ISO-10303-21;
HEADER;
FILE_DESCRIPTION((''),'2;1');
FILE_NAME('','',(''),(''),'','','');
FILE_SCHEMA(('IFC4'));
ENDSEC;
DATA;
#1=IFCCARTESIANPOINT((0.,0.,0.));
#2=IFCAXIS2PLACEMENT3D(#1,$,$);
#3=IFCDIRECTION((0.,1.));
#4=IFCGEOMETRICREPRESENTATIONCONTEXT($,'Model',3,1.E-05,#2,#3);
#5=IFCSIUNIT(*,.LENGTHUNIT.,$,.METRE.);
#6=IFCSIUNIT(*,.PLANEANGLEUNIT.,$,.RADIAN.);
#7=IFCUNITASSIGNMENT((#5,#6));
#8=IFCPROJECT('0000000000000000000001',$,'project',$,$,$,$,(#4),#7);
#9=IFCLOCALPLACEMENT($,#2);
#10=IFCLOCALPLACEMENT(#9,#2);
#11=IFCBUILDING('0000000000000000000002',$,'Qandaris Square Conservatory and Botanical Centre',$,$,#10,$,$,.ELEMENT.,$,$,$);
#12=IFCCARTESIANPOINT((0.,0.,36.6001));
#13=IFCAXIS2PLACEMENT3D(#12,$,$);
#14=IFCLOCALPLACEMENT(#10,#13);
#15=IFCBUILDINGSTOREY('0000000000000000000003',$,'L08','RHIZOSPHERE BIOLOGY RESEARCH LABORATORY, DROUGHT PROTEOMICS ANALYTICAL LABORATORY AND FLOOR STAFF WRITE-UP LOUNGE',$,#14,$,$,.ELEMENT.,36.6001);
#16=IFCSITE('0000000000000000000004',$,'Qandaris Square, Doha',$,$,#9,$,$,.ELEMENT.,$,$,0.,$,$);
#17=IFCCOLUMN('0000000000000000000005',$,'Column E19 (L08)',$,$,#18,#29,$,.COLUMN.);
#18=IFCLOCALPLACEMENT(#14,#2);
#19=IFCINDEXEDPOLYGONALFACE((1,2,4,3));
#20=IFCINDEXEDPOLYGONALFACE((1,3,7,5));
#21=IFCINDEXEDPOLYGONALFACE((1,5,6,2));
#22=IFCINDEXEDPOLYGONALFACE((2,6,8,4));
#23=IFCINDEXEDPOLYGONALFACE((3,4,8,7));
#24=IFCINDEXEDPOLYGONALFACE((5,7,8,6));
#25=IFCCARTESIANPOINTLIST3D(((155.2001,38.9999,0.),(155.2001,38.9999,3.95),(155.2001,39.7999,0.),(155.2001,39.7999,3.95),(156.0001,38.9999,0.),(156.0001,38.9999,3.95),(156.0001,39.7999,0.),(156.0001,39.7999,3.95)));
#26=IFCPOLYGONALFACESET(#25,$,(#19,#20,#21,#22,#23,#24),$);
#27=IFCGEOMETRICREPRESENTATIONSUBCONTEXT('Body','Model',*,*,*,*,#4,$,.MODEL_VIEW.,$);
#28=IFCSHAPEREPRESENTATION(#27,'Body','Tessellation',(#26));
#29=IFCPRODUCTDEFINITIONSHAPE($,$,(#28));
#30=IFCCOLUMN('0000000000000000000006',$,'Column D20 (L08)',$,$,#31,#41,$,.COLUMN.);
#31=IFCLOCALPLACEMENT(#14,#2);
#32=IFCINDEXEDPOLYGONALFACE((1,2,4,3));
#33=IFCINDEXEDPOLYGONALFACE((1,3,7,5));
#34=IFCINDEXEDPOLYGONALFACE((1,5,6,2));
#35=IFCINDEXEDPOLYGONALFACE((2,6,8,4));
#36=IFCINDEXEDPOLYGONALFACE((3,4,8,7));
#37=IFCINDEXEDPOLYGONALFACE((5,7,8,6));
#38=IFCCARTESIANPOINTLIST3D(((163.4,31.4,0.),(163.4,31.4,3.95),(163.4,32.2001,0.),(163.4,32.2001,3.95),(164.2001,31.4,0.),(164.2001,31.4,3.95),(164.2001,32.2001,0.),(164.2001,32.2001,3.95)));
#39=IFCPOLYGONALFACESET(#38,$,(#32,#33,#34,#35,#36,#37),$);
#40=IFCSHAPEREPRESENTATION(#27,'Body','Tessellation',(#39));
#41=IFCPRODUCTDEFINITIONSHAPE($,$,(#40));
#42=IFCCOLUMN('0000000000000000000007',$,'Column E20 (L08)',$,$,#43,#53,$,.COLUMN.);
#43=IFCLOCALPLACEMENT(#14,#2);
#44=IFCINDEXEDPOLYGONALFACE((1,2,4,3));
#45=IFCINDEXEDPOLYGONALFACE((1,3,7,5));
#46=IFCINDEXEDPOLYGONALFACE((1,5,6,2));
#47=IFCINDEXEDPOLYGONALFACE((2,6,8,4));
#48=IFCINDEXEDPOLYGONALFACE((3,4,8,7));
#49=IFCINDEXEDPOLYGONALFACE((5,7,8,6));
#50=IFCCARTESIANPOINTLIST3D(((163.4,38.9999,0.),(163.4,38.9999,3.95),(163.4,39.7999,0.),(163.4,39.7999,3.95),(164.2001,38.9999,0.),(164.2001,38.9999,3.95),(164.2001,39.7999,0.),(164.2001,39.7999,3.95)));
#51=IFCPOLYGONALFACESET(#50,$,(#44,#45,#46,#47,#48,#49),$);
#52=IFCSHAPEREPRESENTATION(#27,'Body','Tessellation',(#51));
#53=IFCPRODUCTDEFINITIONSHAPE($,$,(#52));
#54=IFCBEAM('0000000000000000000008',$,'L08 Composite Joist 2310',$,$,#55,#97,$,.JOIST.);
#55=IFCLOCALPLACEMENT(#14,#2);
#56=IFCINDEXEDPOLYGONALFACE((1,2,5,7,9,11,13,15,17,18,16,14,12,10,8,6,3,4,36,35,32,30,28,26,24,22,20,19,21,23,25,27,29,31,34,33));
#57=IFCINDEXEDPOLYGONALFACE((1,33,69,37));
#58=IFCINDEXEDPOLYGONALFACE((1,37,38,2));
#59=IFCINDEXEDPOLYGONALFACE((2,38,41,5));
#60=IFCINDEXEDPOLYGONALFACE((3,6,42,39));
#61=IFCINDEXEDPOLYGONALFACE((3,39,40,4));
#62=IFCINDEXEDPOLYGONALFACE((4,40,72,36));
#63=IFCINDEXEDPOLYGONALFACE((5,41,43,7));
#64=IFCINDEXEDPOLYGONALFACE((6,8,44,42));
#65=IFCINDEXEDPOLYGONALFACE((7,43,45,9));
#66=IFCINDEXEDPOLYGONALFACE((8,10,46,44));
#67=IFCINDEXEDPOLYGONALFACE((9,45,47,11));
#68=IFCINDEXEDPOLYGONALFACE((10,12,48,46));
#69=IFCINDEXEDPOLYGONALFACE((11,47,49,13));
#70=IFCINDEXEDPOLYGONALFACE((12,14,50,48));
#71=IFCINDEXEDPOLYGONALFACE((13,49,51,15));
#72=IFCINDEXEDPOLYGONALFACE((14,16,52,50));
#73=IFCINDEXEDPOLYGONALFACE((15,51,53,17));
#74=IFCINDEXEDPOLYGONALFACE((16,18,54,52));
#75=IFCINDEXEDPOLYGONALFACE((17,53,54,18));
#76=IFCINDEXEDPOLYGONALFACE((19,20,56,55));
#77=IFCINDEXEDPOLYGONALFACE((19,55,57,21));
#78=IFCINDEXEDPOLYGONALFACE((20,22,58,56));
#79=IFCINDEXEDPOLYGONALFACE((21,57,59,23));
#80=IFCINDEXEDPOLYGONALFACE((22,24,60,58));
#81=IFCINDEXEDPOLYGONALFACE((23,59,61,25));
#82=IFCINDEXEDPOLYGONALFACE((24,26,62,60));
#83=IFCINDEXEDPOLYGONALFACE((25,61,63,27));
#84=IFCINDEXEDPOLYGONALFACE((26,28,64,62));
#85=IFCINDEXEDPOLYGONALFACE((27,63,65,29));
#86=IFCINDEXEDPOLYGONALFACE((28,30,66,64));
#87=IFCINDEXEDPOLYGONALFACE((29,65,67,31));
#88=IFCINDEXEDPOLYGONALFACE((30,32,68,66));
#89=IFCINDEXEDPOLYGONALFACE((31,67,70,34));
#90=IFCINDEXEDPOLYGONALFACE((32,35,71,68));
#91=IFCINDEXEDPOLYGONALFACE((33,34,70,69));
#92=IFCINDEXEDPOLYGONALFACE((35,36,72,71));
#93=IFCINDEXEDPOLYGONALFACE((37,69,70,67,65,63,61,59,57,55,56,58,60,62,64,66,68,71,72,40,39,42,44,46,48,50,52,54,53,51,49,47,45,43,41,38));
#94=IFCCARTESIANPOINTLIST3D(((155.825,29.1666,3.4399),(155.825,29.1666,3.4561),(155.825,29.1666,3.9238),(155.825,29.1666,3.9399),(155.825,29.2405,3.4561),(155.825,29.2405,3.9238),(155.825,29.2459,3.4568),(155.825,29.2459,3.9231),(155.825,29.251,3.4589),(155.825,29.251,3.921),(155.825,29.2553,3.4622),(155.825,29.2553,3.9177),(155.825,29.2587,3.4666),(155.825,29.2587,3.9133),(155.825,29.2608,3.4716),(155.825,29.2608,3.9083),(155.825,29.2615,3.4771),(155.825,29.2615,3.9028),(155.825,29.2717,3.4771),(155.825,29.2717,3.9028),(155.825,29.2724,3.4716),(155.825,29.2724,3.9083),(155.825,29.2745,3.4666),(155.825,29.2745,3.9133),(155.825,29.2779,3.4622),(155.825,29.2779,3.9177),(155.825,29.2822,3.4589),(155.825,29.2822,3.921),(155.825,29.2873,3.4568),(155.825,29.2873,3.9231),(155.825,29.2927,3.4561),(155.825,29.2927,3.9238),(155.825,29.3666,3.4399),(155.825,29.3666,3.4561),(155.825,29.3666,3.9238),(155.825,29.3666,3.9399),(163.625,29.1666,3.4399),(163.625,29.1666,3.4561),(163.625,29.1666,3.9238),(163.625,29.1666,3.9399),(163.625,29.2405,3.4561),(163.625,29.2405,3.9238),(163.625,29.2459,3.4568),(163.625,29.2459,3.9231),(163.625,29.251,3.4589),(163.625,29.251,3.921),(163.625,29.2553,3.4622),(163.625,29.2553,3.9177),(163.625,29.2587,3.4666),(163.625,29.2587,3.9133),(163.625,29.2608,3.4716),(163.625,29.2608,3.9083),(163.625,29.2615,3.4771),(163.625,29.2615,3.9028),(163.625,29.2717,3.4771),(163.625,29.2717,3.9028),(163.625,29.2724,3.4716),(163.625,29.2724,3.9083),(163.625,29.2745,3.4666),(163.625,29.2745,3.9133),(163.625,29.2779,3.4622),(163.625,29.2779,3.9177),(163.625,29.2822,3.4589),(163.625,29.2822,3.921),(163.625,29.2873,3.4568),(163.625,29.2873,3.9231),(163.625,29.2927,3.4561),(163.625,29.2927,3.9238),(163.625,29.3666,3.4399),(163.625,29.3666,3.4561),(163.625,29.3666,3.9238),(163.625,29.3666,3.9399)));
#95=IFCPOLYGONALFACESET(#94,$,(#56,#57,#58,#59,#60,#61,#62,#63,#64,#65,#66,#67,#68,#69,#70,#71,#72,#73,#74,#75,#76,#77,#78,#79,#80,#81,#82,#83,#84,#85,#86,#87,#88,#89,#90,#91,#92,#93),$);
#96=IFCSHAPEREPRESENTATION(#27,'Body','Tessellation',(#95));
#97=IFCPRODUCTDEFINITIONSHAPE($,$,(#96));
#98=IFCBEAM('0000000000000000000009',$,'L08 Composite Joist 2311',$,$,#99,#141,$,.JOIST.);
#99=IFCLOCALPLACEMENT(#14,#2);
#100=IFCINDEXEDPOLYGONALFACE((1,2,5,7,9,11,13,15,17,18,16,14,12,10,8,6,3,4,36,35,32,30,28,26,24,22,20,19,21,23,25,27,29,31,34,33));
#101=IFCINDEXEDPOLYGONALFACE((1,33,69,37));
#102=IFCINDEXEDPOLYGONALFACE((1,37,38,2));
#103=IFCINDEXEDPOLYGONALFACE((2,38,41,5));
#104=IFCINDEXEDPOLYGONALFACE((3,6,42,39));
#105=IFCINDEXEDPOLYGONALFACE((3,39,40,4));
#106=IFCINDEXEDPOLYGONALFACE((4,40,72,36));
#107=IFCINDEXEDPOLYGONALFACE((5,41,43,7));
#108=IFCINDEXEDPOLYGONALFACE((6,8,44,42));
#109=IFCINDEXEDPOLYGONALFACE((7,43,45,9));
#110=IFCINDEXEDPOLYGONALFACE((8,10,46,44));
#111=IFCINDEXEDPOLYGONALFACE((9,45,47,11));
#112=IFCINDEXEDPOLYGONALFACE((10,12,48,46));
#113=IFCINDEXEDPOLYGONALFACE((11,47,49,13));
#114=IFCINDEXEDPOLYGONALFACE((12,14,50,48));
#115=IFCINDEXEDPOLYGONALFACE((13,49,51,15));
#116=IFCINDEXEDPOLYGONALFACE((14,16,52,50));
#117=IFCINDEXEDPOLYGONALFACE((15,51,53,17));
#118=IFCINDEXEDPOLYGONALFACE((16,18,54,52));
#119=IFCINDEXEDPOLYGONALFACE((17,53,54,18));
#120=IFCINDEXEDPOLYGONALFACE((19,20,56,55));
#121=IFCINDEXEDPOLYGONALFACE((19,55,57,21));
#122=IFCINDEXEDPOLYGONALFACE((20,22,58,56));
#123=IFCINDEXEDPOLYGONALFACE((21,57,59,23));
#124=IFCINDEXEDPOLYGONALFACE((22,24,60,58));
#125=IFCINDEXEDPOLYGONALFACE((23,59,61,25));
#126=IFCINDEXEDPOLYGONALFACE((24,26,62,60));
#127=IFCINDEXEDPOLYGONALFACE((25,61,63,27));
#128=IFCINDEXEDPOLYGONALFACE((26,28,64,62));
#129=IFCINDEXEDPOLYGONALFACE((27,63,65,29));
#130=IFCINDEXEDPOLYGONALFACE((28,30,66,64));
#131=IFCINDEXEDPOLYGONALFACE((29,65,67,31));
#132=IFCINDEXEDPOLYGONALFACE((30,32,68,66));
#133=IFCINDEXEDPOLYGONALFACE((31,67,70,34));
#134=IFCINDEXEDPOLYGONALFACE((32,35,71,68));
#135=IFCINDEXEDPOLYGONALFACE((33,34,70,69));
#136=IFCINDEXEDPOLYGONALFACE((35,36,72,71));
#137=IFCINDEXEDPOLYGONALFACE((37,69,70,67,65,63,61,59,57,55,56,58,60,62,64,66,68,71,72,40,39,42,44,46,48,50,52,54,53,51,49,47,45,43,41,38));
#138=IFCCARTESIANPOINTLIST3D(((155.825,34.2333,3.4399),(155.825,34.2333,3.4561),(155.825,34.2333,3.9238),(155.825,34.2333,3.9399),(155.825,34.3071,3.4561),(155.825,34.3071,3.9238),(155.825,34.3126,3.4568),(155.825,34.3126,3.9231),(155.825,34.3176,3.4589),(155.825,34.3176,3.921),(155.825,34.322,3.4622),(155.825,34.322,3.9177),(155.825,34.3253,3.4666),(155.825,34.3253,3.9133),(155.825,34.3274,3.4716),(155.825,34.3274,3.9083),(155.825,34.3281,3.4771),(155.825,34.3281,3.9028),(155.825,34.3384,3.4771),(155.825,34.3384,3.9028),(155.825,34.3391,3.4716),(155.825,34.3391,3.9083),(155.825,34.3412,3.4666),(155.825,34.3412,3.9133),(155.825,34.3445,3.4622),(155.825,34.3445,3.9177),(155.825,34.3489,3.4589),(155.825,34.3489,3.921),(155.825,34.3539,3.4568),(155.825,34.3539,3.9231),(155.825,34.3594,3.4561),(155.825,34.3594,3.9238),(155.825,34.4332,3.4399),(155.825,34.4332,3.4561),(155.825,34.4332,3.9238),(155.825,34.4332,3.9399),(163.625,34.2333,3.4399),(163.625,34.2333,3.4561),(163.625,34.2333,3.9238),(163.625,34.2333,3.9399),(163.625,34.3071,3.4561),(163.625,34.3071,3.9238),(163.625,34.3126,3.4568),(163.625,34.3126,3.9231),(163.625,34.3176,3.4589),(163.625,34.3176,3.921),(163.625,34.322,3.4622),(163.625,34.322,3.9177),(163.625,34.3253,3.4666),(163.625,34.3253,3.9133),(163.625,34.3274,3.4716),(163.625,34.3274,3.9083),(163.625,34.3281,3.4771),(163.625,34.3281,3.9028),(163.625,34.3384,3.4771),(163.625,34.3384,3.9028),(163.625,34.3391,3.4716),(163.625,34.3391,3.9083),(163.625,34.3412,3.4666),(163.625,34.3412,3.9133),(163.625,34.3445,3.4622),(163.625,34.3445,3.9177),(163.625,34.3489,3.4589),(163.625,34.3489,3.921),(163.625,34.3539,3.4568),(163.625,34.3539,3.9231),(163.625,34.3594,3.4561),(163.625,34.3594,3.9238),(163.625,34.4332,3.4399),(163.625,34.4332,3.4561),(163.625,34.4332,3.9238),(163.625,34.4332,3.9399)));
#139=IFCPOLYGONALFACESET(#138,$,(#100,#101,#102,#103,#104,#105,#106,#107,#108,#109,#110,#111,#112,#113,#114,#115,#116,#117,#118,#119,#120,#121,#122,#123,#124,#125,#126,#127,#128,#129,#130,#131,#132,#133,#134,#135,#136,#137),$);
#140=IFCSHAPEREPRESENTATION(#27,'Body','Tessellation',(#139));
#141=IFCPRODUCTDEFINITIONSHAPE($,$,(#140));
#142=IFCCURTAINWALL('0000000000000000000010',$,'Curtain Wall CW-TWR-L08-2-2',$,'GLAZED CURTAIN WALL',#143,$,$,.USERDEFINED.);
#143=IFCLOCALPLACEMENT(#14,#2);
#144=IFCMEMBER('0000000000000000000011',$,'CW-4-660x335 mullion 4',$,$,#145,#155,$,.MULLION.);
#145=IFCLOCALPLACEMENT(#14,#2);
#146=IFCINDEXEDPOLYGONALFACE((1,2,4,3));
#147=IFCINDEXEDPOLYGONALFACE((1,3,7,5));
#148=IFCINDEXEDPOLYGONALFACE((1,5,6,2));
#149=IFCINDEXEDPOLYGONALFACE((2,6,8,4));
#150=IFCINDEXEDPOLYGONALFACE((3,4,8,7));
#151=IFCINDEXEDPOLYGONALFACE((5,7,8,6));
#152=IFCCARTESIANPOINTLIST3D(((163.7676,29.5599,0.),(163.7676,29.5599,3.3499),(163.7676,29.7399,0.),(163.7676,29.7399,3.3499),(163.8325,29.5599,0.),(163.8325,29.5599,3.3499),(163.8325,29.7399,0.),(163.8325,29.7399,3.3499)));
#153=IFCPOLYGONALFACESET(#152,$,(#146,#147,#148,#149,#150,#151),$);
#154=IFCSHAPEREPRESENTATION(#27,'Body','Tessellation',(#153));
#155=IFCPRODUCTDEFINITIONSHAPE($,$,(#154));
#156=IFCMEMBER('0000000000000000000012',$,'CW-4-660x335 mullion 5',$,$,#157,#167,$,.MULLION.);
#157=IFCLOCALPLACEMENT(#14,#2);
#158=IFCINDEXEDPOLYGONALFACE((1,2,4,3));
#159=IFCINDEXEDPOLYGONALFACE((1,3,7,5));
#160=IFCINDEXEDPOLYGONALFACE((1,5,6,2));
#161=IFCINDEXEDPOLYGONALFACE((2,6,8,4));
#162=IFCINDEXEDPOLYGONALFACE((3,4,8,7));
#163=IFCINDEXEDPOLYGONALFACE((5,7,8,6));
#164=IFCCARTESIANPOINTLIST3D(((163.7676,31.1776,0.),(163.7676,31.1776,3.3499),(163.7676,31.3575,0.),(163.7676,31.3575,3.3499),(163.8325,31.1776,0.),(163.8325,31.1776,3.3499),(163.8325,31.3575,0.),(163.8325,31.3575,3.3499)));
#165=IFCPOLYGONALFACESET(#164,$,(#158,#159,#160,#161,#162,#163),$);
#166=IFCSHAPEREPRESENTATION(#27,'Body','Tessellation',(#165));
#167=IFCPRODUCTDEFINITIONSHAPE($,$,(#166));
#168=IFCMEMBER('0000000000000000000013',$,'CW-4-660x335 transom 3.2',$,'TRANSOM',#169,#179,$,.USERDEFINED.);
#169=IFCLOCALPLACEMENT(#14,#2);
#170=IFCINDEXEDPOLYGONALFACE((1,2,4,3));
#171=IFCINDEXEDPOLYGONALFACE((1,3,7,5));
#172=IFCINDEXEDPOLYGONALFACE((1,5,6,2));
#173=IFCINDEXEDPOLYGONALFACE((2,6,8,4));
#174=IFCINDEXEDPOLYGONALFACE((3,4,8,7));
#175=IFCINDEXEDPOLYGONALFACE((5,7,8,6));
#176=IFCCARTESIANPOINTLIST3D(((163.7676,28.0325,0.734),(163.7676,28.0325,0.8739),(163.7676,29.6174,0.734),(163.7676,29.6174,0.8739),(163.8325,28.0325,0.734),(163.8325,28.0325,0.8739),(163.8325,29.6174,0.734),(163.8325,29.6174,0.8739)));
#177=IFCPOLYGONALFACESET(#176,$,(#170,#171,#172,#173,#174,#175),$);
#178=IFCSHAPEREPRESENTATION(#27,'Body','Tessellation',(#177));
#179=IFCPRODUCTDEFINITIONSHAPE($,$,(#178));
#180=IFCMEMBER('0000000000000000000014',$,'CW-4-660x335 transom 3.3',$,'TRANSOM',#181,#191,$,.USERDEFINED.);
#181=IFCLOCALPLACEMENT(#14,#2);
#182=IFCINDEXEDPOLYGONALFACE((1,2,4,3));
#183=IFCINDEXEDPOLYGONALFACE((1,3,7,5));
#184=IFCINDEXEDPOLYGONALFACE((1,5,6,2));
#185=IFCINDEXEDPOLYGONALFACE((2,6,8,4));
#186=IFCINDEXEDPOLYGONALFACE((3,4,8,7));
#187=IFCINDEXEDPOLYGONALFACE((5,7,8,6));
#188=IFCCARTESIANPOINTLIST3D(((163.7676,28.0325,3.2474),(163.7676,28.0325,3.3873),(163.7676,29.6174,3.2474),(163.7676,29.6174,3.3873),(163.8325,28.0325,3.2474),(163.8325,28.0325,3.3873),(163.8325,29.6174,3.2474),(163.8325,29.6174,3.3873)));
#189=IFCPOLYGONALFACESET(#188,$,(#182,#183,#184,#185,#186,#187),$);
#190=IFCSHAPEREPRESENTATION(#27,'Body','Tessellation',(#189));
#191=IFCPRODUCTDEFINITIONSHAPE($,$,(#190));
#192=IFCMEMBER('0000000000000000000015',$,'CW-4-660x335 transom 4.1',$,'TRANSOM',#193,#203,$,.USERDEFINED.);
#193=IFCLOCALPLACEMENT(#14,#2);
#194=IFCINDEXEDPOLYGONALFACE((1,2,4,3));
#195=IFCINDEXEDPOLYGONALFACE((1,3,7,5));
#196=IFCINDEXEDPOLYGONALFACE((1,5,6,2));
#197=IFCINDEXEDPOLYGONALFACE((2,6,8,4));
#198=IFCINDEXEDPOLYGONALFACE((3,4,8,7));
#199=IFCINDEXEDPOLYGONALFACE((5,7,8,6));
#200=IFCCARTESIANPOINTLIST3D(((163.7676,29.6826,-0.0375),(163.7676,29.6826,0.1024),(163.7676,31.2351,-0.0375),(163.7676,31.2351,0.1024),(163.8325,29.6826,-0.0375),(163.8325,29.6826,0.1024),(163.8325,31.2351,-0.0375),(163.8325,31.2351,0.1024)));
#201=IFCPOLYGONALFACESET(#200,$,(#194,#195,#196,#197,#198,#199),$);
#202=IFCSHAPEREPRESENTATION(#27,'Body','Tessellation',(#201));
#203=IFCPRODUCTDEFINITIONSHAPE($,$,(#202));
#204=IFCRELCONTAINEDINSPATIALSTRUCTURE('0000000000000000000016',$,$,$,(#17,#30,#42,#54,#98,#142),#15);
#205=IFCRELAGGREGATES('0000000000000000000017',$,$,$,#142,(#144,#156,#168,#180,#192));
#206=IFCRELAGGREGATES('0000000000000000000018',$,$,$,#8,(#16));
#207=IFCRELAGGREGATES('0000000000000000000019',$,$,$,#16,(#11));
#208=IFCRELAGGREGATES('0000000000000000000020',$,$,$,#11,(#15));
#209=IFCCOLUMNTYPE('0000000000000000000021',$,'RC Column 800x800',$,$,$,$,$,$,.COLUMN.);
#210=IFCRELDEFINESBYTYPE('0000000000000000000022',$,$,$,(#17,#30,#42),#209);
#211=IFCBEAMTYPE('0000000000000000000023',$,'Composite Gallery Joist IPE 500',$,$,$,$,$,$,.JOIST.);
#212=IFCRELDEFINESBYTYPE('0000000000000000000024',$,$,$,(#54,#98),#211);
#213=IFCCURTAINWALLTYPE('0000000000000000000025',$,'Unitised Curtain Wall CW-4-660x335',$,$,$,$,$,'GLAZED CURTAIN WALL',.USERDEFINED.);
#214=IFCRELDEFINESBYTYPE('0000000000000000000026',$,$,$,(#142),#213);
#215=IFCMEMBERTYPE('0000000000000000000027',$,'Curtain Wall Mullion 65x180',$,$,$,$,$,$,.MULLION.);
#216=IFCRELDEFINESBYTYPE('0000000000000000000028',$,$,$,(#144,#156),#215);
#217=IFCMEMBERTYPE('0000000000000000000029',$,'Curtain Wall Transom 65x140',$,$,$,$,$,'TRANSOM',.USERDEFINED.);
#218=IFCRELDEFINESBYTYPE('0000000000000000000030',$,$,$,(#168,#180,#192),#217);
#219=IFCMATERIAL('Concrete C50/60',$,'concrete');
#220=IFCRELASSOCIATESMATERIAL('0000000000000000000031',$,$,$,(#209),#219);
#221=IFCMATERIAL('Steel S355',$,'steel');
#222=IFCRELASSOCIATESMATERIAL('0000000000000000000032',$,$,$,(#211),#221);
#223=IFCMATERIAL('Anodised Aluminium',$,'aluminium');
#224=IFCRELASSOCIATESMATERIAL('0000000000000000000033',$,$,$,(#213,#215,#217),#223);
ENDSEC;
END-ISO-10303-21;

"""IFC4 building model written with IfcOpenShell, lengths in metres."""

from ifc_helpers import new_model, si_unit, direction, frame, origin, origin_2d, place, context, subcontext, project, spatial, rectangle, i_section, extrude, material, material_profile, profile_set, type_object, element, aggregate, save


model = new_model("IFC4")

# Units and contexts
model_context = context("Model", 3, precision=1e-05, world=origin(), true_north=direction((0.0, 1.0)))
body_context = subcontext(model_context, "Body", "Model", "MODEL_VIEW")
ifc_project = project(units=[si_unit("LENGTHUNIT", "METRE"), si_unit("PLANEANGLEUNIT", "RADIAN")], contexts=[model_context])

# Site, building, storey
site_placement = place(None, origin())
site = spatial("IfcSite", under=ifc_project, at=site_placement, Name="Qandaris Square, Doha", CompositionType="ELEMENT", RefElevation=0.0)
building_placement = place(site_placement, origin())
building = spatial("IfcBuilding", under=site, at=building_placement, Name="Qandaris Square Conservatory and Botanical Centre", CompositionType="ELEMENT")
storey_placement = place(building_placement, frame((0.0, 0.0, 36.6001)))
storey = spatial("IfcBuildingStorey", under=building, at=storey_placement, Name="L08", Description="RHIZOSPHERE BIOLOGY RESEARCH LABORATORY, DROUGHT PROTEOMICS ANALYTICAL LABORATORY AND FLOOR STAFF WRITE-UP LOUNGE", CompositionType="ELEMENT", Elevation=36.6001)

# Columns
ifc_material_1 = material(Name="Concrete C50/60", Category="concrete")
ifc_material_profile_1 = material_profile(ifc_material_1, rectangle(XDim=0.8, YDim=0.8, at=origin_2d()), Name="RC-COL 800x800")
ifc_profile_set_1 = profile_set([ifc_material_profile_1], Name="Concrete C50/60")
column_type = type_object("IfcColumnType", Name="RC Column 800x800", PredefinedType="COLUMN", material=ifc_profile_set_1)
for number, where, z_axis, x_axis, name in (
    (1, (155.6001, 39.3999, 0.0), (0.0, 0.0, 1.0), (1.0, 0.0, 0.0), "Column E19 (L08)"),
    (2, (163.8, 31.8, 0.0), (0.0, 0.0, 1.0), (1.0, 0.0, 0.0), "Column D20 (L08)"),
    (3, (163.8, 39.3999, 0.0), (0.0, 0.0, 1.0), (1.0, 0.0, 0.0), "Column E20 (L08)"),
):
    element("IfcColumn", number, at=place(storey_placement, frame(where, z_axis=z_axis, x_axis=x_axis)), inside=storey, type_object=column_type, Name=name, PredefinedType="COLUMN", context=body_context, shape_type="SweptSolid", body=[
        extrude(rectangle(XDim=0.8, YDim=0.8, at=origin_2d()), origin(), (0.0, 0.0, 1.0), 3.95),
    ])

# Beams
ifc_material_2 = material(Name="Steel S355", Category="steel")
ifc_material_profile_2 = material_profile(ifc_material_2, i_section(OverallWidth=0.2, OverallDepth=0.5, WebThickness=0.0103, FlangeThickness=0.0161, FilletRadius=0.021, at=origin_2d()), Name="IPE 500")
ifc_profile_set_2 = profile_set([ifc_material_profile_2], Name="Steel S355")
beam_type_1 = type_object("IfcBeamType", Name="Composite Gallery Joist IPE 500", PredefinedType="JOIST", material=ifc_profile_set_2)
for number, where, z_axis, x_axis, name in (
    (4, (155.825, 29.2666, 3.6899), (1.0, 0.0, 0.0), (0.0, 1.0, 0.0), "L08 Composite Joist 2310"),
    (5, (155.825, 34.3333, 3.6899), (1.0, 0.0, 0.0), (0.0, 1.0, 0.0), "L08 Composite Joist 2311"),
):
    element("IfcBeam", number, at=place(storey_placement, frame(where, z_axis=z_axis, x_axis=x_axis)), inside=storey, type_object=beam_type_1, Name=name, PredefinedType="JOIST", context=body_context, shape_type="SweptSolid", body=[
        extrude(i_section(OverallWidth=0.2, OverallDepth=0.5, WebThickness=0.0103, FlangeThickness=0.0161, FilletRadius=0.021, at=origin_2d()), origin(), (0.0, 0.0, 1.0), 7.8),
    ])

# Curtain wall, members
ifc_material_3 = material(Name="Anodised Aluminium", Category="aluminium")
curtain_wall_type = type_object("IfcCurtainWallType", Name="Unitised Curtain Wall CW-4-660x335", ElementType="GLAZED CURTAIN WALL", PredefinedType="USERDEFINED", material=ifc_material_3)
curtain_wall_placement = place(storey_placement, origin())
curtain_wall = element("IfcCurtainWall", 6, at=curtain_wall_placement, inside=storey, type_object=curtain_wall_type, Name="Curtain Wall CW-TWR-L08-2-2", ObjectType="GLAZED CURTAIN WALL", PredefinedType="USERDEFINED")
ifc_material_profile_3 = material_profile(ifc_material_3, rectangle(XDim=0.0649, YDim=0.1799, at=origin_2d()), Name="ALU-MUL 65x180")
ifc_profile_set_3 = profile_set([ifc_material_profile_3], Name="Anodised Aluminium")
member_type_1 = type_object("IfcMemberType", Name="Curtain Wall Mullion 65x180", PredefinedType="MULLION", material=ifc_profile_set_3)
member_1_placement = place(storey_placement, frame((163.8, 29.6499, 0.0), z_axis=(0.0, 0.0, 1.0), x_axis=(-1.0, 0.0, 0.0)))
member_1 = element("IfcMember", 7, at=member_1_placement, type_object=member_type_1, Name="CW-4-660x335 mullion 4", PredefinedType="MULLION", context=body_context, shape_type="SweptSolid", body=[
    extrude(rectangle(XDim=0.0649, YDim=0.1799, at=origin_2d()), origin(), (0.0, 0.0, 1.0), 3.3499),
])
member_2_placement = place(storey_placement, frame((163.8, 31.2676, 0.0), z_axis=(0.0, 0.0, 1.0), x_axis=(-1.0, 0.0, 0.0)))
member_2 = element("IfcMember", 8, at=member_2_placement, type_object=member_type_1, Name="CW-4-660x335 mullion 5", PredefinedType="MULLION", context=body_context, shape_type="SweptSolid", body=[
    extrude(rectangle(XDim=0.0649, YDim=0.1799, at=origin_2d()), origin(), (0.0, 0.0, 1.0), 3.3499),
])
ifc_material_profile_4 = material_profile(ifc_material_3, rectangle(XDim=0.0649, YDim=0.1399, at=origin_2d()), Name="ALU-TRN 65x140")
ifc_profile_set_4 = profile_set([ifc_material_profile_4], Name="Anodised Aluminium")
member_type_2 = type_object("IfcMemberType", Name="Curtain Wall Transom 65x140", ElementType="TRANSOM", PredefinedType="USERDEFINED", material=ifc_profile_set_4)
member_3_placement = place(storey_placement, frame((163.8, 28.0325, 0.804), z_axis=(0.0, 1.0, 0.0), x_axis=(-1.0, 0.0, 0.0)))
member_3 = element("IfcMember", 9, at=member_3_placement, type_object=member_type_2, Name="CW-4-660x335 transom 3.2", ObjectType="TRANSOM", PredefinedType="USERDEFINED", context=body_context, shape_type="SweptSolid", body=[
    extrude(rectangle(XDim=0.0649, YDim=0.1399, at=origin_2d()), origin(), (0.0, 0.0, 1.0), 1.585),
])
member_4_placement = place(storey_placement, frame((163.8, 28.0325, 3.3174), z_axis=(0.0, 1.0, 0.0), x_axis=(-1.0, 0.0, 0.0)))
member_4 = element("IfcMember", 10, at=member_4_placement, type_object=member_type_2, Name="CW-4-660x335 transom 3.3", ObjectType="TRANSOM", PredefinedType="USERDEFINED", context=body_context, shape_type="SweptSolid", body=[
    extrude(rectangle(XDim=0.0649, YDim=0.1399, at=origin_2d()), origin(), (0.0, 0.0, 1.0), 1.585),
])
member_5_placement = place(storey_placement, frame((163.8, 29.6826, 0.0325), z_axis=(0.0, 1.0, 0.0), x_axis=(-1.0, 0.0, 0.0)))
member_5 = element("IfcMember", 11, at=member_5_placement, type_object=member_type_2, Name="CW-4-660x335 transom 4.1", ObjectType="TRANSOM", PredefinedType="USERDEFINED", context=body_context, shape_type="SweptSolid", body=[
    extrude(rectangle(XDim=0.0649, YDim=0.1399, at=origin_2d()), origin(), (0.0, 0.0, 1.0), 1.5525),
])

aggregate(curtain_wall, [member_1, member_2, member_3, member_4, member_5])

save(model, "model.ifc")
